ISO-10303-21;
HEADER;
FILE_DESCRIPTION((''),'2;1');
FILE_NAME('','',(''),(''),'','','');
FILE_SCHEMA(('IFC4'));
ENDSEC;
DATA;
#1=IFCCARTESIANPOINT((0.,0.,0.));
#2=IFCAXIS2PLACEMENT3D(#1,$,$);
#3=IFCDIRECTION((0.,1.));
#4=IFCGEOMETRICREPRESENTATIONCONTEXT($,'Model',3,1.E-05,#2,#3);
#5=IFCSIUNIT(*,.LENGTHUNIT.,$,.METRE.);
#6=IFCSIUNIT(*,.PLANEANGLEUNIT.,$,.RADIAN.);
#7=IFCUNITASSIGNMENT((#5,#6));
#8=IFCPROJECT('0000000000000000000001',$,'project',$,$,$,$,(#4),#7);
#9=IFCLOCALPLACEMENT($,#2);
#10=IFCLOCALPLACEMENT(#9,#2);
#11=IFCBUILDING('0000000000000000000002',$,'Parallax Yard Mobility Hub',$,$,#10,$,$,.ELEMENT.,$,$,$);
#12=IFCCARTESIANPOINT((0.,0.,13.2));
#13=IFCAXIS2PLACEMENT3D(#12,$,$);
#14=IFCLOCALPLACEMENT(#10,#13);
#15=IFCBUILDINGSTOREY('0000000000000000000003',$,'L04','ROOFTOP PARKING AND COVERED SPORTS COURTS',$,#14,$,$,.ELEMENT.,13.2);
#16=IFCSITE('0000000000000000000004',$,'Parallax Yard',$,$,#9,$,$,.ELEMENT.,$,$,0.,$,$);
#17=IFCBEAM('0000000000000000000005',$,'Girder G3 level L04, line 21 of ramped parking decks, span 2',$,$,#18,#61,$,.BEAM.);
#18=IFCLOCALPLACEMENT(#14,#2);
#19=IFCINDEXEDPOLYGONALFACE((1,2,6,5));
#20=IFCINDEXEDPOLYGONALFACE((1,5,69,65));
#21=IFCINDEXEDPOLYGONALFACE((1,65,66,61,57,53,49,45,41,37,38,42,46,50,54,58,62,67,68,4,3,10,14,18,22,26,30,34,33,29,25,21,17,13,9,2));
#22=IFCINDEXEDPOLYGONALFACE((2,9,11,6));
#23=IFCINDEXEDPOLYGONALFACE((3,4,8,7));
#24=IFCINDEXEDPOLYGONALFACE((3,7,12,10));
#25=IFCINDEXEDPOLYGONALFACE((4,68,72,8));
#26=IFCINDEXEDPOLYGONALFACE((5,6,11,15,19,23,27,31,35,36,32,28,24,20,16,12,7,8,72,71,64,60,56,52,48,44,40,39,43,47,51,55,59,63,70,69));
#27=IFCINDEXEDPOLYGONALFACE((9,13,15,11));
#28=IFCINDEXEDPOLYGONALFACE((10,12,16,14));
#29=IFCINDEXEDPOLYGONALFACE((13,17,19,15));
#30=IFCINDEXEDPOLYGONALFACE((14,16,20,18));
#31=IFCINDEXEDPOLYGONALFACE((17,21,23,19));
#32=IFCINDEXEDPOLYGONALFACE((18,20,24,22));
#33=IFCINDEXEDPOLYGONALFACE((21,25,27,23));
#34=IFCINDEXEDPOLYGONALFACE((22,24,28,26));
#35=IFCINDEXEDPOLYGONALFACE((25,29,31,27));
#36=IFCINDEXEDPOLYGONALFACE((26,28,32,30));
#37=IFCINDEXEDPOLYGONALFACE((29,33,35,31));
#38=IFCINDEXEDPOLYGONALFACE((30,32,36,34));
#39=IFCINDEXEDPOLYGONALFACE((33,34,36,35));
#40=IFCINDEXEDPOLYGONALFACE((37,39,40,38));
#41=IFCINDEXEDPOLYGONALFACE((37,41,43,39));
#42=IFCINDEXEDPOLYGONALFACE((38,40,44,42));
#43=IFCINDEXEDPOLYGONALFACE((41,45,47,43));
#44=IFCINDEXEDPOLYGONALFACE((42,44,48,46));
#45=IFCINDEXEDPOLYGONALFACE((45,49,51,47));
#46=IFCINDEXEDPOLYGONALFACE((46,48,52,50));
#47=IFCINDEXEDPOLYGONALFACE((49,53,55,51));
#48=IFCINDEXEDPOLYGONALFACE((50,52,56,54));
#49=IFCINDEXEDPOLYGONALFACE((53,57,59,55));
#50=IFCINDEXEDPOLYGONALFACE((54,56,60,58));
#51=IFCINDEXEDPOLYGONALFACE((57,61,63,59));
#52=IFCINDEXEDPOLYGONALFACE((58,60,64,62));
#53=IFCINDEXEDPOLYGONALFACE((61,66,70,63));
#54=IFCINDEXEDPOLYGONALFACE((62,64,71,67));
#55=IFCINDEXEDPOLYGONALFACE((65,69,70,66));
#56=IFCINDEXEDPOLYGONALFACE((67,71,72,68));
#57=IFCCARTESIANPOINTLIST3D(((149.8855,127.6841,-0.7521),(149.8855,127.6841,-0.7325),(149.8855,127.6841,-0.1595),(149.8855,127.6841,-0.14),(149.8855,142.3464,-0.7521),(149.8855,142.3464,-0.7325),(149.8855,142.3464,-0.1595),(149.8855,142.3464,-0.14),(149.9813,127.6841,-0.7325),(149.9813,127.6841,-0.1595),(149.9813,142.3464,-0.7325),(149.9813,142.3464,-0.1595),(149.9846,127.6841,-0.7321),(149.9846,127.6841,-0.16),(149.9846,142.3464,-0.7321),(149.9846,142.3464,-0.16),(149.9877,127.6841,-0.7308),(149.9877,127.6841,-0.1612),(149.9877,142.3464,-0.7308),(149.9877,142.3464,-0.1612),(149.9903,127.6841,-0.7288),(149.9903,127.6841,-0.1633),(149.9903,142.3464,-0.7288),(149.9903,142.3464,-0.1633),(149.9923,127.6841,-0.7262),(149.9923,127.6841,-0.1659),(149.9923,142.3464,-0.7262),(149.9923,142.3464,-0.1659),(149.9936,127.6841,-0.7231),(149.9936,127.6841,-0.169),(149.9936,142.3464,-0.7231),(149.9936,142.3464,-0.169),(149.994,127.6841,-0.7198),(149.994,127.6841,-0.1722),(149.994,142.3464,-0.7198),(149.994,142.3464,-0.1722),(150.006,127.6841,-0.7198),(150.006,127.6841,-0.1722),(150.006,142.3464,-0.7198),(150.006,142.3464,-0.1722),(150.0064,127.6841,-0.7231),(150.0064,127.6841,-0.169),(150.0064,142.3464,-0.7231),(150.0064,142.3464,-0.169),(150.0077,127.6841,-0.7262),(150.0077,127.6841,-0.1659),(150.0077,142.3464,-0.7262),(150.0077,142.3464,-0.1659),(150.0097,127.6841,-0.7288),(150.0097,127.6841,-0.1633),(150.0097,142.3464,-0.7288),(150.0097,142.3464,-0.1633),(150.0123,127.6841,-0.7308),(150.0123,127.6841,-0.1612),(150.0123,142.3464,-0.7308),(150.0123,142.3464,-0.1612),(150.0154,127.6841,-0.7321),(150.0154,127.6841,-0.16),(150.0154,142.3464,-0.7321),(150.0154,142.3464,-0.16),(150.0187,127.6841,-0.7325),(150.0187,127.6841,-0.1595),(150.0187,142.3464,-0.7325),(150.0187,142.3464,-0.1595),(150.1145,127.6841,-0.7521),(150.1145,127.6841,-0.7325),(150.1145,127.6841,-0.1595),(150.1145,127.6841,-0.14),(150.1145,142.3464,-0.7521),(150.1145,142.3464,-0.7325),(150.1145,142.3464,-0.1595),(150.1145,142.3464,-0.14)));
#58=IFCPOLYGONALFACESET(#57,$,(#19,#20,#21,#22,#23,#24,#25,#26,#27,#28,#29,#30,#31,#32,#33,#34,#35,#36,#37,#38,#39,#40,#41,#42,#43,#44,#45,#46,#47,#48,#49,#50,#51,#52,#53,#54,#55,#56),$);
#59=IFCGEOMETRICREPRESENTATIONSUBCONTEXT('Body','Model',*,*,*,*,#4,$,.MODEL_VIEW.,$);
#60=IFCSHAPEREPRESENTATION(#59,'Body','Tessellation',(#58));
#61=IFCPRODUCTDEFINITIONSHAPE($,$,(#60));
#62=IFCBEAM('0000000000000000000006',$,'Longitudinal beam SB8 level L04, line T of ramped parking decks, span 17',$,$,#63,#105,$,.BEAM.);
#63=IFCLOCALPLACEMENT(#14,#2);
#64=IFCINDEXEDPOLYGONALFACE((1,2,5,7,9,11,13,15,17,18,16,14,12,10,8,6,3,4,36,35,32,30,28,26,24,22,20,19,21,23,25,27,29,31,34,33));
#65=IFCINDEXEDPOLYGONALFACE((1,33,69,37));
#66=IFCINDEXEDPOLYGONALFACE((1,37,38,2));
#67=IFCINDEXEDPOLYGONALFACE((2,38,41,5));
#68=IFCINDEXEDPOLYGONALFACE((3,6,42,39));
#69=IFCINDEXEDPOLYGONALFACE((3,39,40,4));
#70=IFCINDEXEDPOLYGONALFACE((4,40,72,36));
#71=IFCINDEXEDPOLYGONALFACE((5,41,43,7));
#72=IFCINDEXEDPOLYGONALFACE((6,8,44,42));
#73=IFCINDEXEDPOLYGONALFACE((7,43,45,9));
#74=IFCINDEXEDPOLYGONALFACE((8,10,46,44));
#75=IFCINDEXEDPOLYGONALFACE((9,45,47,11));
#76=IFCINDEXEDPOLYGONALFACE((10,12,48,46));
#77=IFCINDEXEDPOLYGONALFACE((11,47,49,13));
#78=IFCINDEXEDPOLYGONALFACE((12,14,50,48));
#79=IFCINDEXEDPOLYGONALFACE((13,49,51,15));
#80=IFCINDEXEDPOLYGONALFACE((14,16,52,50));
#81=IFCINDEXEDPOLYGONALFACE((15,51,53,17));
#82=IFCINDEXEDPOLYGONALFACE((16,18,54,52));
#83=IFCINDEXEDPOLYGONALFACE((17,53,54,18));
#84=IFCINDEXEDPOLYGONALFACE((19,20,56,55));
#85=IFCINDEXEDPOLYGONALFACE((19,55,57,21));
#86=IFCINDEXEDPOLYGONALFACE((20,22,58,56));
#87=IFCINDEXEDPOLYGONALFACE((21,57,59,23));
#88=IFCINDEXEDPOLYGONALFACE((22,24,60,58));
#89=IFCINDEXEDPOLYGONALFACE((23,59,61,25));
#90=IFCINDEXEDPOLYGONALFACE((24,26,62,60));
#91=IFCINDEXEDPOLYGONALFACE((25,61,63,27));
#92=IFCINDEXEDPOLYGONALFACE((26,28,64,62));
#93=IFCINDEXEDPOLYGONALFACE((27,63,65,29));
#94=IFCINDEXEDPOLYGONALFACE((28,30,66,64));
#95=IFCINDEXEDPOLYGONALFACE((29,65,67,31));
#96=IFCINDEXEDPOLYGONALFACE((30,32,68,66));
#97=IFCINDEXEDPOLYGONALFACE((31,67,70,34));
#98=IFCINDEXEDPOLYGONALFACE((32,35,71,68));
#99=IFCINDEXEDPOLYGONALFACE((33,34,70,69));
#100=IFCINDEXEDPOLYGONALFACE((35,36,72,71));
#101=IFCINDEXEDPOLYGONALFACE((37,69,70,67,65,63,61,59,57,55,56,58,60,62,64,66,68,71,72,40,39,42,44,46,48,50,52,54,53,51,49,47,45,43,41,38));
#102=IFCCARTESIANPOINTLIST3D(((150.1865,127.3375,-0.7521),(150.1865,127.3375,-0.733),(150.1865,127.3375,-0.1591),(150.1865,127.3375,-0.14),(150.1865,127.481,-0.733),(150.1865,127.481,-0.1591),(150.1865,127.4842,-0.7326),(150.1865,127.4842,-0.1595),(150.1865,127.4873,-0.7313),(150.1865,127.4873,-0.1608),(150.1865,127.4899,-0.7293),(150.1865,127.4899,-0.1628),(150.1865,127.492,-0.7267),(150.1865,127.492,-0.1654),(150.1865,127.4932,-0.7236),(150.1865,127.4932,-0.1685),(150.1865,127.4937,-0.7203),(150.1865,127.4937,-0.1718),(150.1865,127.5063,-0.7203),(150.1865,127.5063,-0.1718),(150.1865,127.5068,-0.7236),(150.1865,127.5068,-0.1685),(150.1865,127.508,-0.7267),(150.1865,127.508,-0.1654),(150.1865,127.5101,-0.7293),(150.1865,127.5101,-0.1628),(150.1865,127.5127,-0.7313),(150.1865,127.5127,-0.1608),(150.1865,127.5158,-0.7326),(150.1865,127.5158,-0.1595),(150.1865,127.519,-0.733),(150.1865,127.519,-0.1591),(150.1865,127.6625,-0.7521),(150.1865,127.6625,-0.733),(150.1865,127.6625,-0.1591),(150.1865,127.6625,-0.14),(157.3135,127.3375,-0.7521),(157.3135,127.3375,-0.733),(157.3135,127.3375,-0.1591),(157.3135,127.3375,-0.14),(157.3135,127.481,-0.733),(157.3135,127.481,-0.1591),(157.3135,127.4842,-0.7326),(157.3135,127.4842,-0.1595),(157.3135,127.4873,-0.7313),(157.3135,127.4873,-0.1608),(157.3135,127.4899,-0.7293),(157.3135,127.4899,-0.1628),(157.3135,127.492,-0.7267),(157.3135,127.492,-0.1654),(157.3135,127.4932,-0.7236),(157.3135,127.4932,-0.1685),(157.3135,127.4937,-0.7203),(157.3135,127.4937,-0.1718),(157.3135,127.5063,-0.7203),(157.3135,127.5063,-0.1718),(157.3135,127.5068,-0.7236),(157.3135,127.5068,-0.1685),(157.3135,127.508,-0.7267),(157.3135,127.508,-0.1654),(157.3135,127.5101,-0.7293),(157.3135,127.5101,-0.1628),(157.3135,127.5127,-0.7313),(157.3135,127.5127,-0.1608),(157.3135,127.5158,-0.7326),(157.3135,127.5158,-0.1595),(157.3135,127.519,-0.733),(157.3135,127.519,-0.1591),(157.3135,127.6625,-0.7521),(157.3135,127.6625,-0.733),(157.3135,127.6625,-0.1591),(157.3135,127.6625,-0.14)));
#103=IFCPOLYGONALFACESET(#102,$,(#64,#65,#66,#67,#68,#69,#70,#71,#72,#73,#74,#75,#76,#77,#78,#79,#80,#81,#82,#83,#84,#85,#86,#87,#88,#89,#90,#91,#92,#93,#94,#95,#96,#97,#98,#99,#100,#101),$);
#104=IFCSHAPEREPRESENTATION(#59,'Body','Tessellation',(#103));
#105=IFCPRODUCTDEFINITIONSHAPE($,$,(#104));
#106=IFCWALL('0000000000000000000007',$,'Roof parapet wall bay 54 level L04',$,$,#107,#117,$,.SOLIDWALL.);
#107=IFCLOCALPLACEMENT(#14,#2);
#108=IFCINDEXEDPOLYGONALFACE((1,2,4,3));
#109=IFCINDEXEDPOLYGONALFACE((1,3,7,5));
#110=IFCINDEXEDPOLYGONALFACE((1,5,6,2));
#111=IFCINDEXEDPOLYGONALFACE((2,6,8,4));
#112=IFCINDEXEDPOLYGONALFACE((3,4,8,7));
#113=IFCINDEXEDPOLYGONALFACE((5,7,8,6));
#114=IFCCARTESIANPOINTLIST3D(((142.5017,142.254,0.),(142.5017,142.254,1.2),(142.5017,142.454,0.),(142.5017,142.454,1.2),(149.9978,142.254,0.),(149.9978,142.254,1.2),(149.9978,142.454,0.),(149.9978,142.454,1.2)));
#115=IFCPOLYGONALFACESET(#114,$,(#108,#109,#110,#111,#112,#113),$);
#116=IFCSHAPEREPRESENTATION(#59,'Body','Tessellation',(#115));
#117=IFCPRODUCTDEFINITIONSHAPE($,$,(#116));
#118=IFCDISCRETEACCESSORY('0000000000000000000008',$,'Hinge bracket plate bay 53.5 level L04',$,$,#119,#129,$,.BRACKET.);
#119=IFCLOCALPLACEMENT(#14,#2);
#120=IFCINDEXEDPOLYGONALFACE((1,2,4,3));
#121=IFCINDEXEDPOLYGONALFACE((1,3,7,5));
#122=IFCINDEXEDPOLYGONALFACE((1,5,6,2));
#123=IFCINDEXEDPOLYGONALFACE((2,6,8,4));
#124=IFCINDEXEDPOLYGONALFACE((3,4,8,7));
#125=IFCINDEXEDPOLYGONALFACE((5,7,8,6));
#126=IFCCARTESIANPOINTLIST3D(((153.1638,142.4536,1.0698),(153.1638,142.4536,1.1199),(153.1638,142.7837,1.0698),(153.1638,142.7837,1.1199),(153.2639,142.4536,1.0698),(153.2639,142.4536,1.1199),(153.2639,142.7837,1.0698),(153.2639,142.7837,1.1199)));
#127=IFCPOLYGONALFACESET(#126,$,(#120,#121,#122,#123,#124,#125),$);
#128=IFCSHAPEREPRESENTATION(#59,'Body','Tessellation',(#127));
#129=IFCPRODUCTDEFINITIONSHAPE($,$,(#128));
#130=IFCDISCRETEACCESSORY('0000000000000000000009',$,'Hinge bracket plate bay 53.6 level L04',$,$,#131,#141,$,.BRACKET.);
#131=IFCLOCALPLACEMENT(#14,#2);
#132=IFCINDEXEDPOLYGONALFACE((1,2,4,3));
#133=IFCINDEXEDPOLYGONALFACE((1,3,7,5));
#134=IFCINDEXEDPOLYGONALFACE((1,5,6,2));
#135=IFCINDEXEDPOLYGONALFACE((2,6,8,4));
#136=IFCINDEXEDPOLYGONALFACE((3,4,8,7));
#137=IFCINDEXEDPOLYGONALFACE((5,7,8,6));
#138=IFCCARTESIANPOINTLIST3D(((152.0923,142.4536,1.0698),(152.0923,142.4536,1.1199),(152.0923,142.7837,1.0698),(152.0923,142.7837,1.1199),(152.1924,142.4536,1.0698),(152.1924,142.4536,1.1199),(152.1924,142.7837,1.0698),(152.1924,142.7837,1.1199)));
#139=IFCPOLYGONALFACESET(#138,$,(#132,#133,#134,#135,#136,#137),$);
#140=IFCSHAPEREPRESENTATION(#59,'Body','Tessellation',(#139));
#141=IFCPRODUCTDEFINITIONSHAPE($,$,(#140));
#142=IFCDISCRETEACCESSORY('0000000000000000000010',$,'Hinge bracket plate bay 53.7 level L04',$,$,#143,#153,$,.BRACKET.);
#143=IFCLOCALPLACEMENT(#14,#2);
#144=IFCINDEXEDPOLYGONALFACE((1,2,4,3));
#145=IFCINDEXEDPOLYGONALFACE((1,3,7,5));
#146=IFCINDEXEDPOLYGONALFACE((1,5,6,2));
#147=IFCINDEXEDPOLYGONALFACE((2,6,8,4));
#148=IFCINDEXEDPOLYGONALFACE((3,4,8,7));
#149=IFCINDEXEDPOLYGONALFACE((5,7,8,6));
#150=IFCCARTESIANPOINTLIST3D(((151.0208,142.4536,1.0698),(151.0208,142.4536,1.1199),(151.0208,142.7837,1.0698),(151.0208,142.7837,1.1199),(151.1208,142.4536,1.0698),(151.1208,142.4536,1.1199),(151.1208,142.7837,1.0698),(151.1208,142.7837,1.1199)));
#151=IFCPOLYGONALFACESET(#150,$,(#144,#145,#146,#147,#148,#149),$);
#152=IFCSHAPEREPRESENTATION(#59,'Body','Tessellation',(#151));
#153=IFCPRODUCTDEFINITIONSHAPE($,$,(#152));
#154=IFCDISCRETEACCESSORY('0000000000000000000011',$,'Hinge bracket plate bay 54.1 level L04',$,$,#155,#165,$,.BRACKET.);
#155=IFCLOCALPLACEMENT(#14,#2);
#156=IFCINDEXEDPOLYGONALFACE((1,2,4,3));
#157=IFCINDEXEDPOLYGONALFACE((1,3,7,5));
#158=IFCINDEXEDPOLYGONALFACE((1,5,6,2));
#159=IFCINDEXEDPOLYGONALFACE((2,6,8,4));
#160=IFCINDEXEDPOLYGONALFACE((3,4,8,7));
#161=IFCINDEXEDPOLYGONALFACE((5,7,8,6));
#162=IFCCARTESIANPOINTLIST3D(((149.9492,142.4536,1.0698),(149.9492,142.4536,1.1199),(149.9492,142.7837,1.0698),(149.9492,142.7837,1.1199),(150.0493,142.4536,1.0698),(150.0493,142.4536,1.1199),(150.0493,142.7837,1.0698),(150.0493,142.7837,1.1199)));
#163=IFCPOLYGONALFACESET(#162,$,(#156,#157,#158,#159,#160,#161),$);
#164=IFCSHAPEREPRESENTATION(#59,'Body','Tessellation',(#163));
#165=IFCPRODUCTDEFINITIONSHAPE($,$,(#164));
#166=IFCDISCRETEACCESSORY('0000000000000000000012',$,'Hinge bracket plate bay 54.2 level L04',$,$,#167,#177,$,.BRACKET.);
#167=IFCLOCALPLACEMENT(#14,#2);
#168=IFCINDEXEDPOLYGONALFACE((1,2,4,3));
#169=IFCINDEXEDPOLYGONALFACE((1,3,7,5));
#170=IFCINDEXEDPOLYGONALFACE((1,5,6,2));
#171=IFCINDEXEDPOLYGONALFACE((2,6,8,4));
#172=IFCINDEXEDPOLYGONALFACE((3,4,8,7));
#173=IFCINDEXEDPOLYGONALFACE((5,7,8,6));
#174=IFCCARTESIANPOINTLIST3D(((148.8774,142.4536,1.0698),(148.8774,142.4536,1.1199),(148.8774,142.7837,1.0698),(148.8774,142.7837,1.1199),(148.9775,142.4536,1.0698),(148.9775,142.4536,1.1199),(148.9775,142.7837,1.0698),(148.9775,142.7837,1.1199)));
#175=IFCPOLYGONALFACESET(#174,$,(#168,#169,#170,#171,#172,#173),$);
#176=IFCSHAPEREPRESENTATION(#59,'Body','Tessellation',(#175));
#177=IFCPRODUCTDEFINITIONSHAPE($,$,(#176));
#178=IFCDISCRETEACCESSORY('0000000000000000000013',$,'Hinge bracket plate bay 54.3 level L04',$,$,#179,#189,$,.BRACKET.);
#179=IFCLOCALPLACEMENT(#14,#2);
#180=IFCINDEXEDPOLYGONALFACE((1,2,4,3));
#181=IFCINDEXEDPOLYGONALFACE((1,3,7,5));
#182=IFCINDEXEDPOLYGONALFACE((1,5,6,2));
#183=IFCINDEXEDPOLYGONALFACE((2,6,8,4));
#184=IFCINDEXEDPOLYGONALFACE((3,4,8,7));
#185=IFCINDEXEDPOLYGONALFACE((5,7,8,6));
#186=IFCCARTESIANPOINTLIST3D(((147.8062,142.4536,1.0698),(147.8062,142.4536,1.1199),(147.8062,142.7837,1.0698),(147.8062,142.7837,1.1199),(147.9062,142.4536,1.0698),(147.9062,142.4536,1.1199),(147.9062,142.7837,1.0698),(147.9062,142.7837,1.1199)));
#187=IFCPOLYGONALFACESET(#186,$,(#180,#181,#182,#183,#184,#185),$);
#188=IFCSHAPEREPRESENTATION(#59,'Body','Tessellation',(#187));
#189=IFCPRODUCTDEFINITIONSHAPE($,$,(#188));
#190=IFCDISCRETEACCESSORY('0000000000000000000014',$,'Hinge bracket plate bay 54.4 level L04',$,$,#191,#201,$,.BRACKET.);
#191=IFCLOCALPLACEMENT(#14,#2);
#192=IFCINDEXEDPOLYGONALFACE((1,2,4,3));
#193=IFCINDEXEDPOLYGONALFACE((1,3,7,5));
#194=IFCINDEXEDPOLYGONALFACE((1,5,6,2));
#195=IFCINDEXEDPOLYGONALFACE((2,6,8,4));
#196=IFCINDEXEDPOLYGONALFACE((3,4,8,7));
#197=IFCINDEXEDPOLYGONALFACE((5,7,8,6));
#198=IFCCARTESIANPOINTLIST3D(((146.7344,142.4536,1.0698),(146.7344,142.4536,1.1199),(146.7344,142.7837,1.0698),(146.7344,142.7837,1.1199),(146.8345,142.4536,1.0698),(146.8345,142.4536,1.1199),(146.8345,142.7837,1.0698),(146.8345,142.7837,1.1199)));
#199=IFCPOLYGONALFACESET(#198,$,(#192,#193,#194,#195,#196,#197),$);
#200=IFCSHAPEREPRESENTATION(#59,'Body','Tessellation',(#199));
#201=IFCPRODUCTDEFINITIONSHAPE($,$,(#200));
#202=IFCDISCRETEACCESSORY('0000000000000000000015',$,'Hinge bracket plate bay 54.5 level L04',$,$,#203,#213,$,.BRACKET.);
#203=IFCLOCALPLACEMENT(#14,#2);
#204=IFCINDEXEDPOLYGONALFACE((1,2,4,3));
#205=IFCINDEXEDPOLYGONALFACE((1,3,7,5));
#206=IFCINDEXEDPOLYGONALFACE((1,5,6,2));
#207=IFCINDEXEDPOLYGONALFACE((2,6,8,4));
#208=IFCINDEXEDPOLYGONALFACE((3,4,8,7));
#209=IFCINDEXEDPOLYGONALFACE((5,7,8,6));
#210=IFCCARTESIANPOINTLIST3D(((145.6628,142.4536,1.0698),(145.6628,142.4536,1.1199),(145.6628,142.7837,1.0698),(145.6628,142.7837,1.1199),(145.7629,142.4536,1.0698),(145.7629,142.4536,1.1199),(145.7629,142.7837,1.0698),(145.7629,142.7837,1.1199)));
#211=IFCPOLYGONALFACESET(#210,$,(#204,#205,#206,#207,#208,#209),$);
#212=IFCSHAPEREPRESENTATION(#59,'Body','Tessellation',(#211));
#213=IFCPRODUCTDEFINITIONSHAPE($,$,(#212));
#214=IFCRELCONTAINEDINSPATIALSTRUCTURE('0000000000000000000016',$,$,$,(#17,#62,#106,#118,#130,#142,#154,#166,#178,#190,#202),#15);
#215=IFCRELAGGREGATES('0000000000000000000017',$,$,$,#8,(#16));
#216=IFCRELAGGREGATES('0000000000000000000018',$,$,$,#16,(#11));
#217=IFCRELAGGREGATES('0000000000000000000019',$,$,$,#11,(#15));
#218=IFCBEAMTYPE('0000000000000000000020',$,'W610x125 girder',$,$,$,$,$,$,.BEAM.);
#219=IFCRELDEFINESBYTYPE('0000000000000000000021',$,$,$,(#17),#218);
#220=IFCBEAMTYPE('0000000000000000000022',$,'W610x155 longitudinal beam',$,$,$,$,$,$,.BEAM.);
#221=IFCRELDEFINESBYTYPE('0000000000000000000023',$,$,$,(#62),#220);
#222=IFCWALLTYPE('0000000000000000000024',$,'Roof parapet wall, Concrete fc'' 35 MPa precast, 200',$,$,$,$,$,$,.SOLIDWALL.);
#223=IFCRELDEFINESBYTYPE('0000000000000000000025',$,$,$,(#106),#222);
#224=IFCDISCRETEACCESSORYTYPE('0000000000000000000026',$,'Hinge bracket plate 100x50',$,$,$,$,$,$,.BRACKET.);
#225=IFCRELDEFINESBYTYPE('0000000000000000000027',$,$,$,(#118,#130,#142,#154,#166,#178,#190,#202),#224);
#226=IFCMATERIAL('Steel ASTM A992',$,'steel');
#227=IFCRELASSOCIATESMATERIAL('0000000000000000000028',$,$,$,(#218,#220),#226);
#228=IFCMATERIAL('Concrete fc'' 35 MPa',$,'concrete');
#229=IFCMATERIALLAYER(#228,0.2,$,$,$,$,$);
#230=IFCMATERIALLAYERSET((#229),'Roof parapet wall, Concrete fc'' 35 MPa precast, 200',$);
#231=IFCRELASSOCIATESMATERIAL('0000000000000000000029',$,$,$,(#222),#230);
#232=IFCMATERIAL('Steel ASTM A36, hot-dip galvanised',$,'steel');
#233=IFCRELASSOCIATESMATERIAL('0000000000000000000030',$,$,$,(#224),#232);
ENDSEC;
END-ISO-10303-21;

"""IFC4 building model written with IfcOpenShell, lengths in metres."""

from ifc_helpers import new_model, si_unit, direction, frame, frame_2d, origin, origin_2d, place, context, subcontext, project, spatial, rectangle, i_section, extrude, material, layer, layer_set, material_profile, profile_set, type_object, element, save


model = new_model("IFC4")

# Units and contexts
model_context = context("Model", 3, precision=1e-05, world=origin(), true_north=direction((0.0, 1.0)))
body_context = subcontext(model_context, "Body", "Model", "MODEL_VIEW")
ifc_project = project(units=[si_unit("LENGTHUNIT", "METRE"), si_unit("PLANEANGLEUNIT", "RADIAN")], contexts=[model_context])

# Site, building, storey
site_placement = place(None, origin())
site = spatial("IfcSite", under=ifc_project, at=site_placement, Name="Parallax Yard", CompositionType="ELEMENT", RefElevation=0.0)
building_placement = place(site_placement, origin())
building = spatial("IfcBuilding", under=site, at=building_placement, Name="Parallax Yard Mobility Hub", CompositionType="ELEMENT")
storey_placement = place(building_placement, frame((0.0, 0.0, 13.2)))
storey = spatial("IfcBuildingStorey", under=building, at=storey_placement, Name="L04", Description="ROOFTOP PARKING AND COVERED SPORTS COURTS", CompositionType="ELEMENT", Elevation=13.2)

# Shared definitions
ifc_material_1 = material(Name="Steel ASTM A992", Category="steel")

# Beams
ifc_material_profile_1 = material_profile(ifc_material_1, i_section(OverallWidth=0.229, OverallDepth=0.6121, WebThickness=0.012, FlangeThickness=0.0195, FilletRadius=0.0127, at=origin_2d()), Name="W610x125")
ifc_profile_set_1 = profile_set([ifc_material_profile_1], Name="Steel ASTM A992")
beam_type_1 = type_object("IfcBeamType", Name="W610x125 girder", PredefinedType="BEAM", material=ifc_profile_set_1)
beam_1_placement = place(storey_placement, frame((150.0, 127.6841, -0.446), z_axis=(0.0, 1.0, 0.0), x_axis=(-1.0, 0.0, 0.0)))
element("IfcBeam", 1, at=beam_1_placement, inside=storey, type_object=beam_type_1, Name="Girder G3 level L04, line 21 of ramped parking decks, span 2", PredefinedType="BEAM", context=body_context, shape_type="SweptSolid", body=[
    extrude(i_section(OverallWidth=0.229, OverallDepth=0.6121, WebThickness=0.012, FlangeThickness=0.0195, FilletRadius=0.0127, at=origin_2d()), origin(), (0.0, 0.0, 1.0), 14.6624),
])
ifc_material_profile_2 = material_profile(ifc_material_1, i_section(OverallWidth=0.325, OverallDepth=0.6121, WebThickness=0.0127, FlangeThickness=0.019, FilletRadius=0.0127, at=origin_2d()), Name="W610x155")
ifc_profile_set_2 = profile_set([ifc_material_profile_2], Name="Steel ASTM A992")
beam_type_2 = type_object("IfcBeamType", Name="W610x155 longitudinal beam", PredefinedType="BEAM", material=ifc_profile_set_2)
beam_2_placement = place(storey_placement, frame((150.1865, 127.5, -0.446), z_axis=(1.0, 0.0, 0.0), x_axis=(0.0, 1.0, 0.0)))
element("IfcBeam", 2, at=beam_2_placement, inside=storey, type_object=beam_type_2, Name="Longitudinal beam SB8 level L04, line T of ramped parking decks, span 17", PredefinedType="BEAM", context=body_context, shape_type="SweptSolid", body=[
    extrude(i_section(OverallWidth=0.325, OverallDepth=0.6121, WebThickness=0.0127, FlangeThickness=0.019, FilletRadius=0.0127, at=origin_2d()), origin(), (0.0, 0.0, 1.0), 7.127),
])

# Wall
ifc_material_2 = material(Name="Concrete fc' 35 MPa", Category="concrete")
ifc_layer = layer(ifc_material_2, 0.2)
ifc_layer_set = layer_set([ifc_layer], Name="Roof parapet wall, Concrete fc' 35 MPa precast, 200")
wall_type = type_object("IfcWallType", Name="Roof parapet wall, Concrete fc' 35 MPa precast, 200", PredefinedType="SOLIDWALL", material=ifc_layer_set)
wall_placement = place(storey_placement, frame((149.9978, 142.354, 0.0), z_axis=(0.0, 0.0, 1.0), x_axis=(-1.0, 0.0, 0.0)))
element("IfcWall", 3, at=wall_placement, inside=storey, type_object=wall_type, Name="Roof parapet wall bay 54 level L04", PredefinedType="SOLIDWALL", context=body_context, shape_type="SweptSolid", body=[
    extrude(rectangle(XDim=7.4961, YDim=0.2, at=frame_2d((3.748, 0.0))), origin(), (0.0, 0.0, 1.0), 1.2),
])

# Discrete accessories
ifc_material_3 = material(Name="Steel ASTM A36, hot-dip galvanised", Category="steel")
discrete_accessory_type_1 = type_object("IfcDiscreteAccessoryType", Name="Hinge bracket plate 100x50", PredefinedType="BRACKET", material=ifc_material_3)
for number, where, z_axis, x_axis, name in (
    (4, (153.2139, 142.6187, 1.0698), (0.0, 0.0, 1.0), (0.0, 1.0, 0.0), "Hinge bracket plate bay 53.5 level L04"),
    (5, (152.1423, 142.6187, 1.0698), (0.0, 0.0, 1.0), (0.0, 1.0, 0.0), "Hinge bracket plate bay 53.6 level L04"),
    (6, (151.0708, 142.6187, 1.0698), (0.0, 0.0, 1.0), (0.0, 1.0, 0.0), "Hinge bracket plate bay 53.7 level L04"),
    (7, (149.9993, 142.6187, 1.0698), (0.0, 0.0, 1.0), (0.0, 1.0, 0.0), "Hinge bracket plate bay 54.1 level L04"),
    (8, (148.9275, 142.6187, 1.0698), (0.0, 0.0, 1.0), (0.0, 1.0, 0.0), "Hinge bracket plate bay 54.2 level L04"),
    (9, (147.8562, 142.6187, 1.0698), (0.0, 0.0, 1.0), (0.0, 1.0, 0.0), "Hinge bracket plate bay 54.3 level L04"),
    (10, (146.7844, 142.6187, 1.0698), (0.0, 0.0, 1.0), (0.0, 1.0, 0.0), "Hinge bracket plate bay 54.4 level L04"),
    (11, (145.7129, 142.6187, 1.0698), (0.0, 0.0, 1.0), (0.0, 1.0, 0.0), "Hinge bracket plate bay 54.5 level L04"),
):
    element("IfcDiscreteAccessory", number, at=place(storey_placement, frame(where, z_axis=z_axis, x_axis=x_axis)), inside=storey, type_object=discrete_accessory_type_1, Name=name, PredefinedType="BRACKET", context=body_context, shape_type="SweptSolid", body=[
        extrude(rectangle(XDim=0.3301, YDim=0.1001, at=origin_2d()), origin(), (0.0, 0.0, 1.0), 0.05),
    ])

save(model, "model.ifc")
